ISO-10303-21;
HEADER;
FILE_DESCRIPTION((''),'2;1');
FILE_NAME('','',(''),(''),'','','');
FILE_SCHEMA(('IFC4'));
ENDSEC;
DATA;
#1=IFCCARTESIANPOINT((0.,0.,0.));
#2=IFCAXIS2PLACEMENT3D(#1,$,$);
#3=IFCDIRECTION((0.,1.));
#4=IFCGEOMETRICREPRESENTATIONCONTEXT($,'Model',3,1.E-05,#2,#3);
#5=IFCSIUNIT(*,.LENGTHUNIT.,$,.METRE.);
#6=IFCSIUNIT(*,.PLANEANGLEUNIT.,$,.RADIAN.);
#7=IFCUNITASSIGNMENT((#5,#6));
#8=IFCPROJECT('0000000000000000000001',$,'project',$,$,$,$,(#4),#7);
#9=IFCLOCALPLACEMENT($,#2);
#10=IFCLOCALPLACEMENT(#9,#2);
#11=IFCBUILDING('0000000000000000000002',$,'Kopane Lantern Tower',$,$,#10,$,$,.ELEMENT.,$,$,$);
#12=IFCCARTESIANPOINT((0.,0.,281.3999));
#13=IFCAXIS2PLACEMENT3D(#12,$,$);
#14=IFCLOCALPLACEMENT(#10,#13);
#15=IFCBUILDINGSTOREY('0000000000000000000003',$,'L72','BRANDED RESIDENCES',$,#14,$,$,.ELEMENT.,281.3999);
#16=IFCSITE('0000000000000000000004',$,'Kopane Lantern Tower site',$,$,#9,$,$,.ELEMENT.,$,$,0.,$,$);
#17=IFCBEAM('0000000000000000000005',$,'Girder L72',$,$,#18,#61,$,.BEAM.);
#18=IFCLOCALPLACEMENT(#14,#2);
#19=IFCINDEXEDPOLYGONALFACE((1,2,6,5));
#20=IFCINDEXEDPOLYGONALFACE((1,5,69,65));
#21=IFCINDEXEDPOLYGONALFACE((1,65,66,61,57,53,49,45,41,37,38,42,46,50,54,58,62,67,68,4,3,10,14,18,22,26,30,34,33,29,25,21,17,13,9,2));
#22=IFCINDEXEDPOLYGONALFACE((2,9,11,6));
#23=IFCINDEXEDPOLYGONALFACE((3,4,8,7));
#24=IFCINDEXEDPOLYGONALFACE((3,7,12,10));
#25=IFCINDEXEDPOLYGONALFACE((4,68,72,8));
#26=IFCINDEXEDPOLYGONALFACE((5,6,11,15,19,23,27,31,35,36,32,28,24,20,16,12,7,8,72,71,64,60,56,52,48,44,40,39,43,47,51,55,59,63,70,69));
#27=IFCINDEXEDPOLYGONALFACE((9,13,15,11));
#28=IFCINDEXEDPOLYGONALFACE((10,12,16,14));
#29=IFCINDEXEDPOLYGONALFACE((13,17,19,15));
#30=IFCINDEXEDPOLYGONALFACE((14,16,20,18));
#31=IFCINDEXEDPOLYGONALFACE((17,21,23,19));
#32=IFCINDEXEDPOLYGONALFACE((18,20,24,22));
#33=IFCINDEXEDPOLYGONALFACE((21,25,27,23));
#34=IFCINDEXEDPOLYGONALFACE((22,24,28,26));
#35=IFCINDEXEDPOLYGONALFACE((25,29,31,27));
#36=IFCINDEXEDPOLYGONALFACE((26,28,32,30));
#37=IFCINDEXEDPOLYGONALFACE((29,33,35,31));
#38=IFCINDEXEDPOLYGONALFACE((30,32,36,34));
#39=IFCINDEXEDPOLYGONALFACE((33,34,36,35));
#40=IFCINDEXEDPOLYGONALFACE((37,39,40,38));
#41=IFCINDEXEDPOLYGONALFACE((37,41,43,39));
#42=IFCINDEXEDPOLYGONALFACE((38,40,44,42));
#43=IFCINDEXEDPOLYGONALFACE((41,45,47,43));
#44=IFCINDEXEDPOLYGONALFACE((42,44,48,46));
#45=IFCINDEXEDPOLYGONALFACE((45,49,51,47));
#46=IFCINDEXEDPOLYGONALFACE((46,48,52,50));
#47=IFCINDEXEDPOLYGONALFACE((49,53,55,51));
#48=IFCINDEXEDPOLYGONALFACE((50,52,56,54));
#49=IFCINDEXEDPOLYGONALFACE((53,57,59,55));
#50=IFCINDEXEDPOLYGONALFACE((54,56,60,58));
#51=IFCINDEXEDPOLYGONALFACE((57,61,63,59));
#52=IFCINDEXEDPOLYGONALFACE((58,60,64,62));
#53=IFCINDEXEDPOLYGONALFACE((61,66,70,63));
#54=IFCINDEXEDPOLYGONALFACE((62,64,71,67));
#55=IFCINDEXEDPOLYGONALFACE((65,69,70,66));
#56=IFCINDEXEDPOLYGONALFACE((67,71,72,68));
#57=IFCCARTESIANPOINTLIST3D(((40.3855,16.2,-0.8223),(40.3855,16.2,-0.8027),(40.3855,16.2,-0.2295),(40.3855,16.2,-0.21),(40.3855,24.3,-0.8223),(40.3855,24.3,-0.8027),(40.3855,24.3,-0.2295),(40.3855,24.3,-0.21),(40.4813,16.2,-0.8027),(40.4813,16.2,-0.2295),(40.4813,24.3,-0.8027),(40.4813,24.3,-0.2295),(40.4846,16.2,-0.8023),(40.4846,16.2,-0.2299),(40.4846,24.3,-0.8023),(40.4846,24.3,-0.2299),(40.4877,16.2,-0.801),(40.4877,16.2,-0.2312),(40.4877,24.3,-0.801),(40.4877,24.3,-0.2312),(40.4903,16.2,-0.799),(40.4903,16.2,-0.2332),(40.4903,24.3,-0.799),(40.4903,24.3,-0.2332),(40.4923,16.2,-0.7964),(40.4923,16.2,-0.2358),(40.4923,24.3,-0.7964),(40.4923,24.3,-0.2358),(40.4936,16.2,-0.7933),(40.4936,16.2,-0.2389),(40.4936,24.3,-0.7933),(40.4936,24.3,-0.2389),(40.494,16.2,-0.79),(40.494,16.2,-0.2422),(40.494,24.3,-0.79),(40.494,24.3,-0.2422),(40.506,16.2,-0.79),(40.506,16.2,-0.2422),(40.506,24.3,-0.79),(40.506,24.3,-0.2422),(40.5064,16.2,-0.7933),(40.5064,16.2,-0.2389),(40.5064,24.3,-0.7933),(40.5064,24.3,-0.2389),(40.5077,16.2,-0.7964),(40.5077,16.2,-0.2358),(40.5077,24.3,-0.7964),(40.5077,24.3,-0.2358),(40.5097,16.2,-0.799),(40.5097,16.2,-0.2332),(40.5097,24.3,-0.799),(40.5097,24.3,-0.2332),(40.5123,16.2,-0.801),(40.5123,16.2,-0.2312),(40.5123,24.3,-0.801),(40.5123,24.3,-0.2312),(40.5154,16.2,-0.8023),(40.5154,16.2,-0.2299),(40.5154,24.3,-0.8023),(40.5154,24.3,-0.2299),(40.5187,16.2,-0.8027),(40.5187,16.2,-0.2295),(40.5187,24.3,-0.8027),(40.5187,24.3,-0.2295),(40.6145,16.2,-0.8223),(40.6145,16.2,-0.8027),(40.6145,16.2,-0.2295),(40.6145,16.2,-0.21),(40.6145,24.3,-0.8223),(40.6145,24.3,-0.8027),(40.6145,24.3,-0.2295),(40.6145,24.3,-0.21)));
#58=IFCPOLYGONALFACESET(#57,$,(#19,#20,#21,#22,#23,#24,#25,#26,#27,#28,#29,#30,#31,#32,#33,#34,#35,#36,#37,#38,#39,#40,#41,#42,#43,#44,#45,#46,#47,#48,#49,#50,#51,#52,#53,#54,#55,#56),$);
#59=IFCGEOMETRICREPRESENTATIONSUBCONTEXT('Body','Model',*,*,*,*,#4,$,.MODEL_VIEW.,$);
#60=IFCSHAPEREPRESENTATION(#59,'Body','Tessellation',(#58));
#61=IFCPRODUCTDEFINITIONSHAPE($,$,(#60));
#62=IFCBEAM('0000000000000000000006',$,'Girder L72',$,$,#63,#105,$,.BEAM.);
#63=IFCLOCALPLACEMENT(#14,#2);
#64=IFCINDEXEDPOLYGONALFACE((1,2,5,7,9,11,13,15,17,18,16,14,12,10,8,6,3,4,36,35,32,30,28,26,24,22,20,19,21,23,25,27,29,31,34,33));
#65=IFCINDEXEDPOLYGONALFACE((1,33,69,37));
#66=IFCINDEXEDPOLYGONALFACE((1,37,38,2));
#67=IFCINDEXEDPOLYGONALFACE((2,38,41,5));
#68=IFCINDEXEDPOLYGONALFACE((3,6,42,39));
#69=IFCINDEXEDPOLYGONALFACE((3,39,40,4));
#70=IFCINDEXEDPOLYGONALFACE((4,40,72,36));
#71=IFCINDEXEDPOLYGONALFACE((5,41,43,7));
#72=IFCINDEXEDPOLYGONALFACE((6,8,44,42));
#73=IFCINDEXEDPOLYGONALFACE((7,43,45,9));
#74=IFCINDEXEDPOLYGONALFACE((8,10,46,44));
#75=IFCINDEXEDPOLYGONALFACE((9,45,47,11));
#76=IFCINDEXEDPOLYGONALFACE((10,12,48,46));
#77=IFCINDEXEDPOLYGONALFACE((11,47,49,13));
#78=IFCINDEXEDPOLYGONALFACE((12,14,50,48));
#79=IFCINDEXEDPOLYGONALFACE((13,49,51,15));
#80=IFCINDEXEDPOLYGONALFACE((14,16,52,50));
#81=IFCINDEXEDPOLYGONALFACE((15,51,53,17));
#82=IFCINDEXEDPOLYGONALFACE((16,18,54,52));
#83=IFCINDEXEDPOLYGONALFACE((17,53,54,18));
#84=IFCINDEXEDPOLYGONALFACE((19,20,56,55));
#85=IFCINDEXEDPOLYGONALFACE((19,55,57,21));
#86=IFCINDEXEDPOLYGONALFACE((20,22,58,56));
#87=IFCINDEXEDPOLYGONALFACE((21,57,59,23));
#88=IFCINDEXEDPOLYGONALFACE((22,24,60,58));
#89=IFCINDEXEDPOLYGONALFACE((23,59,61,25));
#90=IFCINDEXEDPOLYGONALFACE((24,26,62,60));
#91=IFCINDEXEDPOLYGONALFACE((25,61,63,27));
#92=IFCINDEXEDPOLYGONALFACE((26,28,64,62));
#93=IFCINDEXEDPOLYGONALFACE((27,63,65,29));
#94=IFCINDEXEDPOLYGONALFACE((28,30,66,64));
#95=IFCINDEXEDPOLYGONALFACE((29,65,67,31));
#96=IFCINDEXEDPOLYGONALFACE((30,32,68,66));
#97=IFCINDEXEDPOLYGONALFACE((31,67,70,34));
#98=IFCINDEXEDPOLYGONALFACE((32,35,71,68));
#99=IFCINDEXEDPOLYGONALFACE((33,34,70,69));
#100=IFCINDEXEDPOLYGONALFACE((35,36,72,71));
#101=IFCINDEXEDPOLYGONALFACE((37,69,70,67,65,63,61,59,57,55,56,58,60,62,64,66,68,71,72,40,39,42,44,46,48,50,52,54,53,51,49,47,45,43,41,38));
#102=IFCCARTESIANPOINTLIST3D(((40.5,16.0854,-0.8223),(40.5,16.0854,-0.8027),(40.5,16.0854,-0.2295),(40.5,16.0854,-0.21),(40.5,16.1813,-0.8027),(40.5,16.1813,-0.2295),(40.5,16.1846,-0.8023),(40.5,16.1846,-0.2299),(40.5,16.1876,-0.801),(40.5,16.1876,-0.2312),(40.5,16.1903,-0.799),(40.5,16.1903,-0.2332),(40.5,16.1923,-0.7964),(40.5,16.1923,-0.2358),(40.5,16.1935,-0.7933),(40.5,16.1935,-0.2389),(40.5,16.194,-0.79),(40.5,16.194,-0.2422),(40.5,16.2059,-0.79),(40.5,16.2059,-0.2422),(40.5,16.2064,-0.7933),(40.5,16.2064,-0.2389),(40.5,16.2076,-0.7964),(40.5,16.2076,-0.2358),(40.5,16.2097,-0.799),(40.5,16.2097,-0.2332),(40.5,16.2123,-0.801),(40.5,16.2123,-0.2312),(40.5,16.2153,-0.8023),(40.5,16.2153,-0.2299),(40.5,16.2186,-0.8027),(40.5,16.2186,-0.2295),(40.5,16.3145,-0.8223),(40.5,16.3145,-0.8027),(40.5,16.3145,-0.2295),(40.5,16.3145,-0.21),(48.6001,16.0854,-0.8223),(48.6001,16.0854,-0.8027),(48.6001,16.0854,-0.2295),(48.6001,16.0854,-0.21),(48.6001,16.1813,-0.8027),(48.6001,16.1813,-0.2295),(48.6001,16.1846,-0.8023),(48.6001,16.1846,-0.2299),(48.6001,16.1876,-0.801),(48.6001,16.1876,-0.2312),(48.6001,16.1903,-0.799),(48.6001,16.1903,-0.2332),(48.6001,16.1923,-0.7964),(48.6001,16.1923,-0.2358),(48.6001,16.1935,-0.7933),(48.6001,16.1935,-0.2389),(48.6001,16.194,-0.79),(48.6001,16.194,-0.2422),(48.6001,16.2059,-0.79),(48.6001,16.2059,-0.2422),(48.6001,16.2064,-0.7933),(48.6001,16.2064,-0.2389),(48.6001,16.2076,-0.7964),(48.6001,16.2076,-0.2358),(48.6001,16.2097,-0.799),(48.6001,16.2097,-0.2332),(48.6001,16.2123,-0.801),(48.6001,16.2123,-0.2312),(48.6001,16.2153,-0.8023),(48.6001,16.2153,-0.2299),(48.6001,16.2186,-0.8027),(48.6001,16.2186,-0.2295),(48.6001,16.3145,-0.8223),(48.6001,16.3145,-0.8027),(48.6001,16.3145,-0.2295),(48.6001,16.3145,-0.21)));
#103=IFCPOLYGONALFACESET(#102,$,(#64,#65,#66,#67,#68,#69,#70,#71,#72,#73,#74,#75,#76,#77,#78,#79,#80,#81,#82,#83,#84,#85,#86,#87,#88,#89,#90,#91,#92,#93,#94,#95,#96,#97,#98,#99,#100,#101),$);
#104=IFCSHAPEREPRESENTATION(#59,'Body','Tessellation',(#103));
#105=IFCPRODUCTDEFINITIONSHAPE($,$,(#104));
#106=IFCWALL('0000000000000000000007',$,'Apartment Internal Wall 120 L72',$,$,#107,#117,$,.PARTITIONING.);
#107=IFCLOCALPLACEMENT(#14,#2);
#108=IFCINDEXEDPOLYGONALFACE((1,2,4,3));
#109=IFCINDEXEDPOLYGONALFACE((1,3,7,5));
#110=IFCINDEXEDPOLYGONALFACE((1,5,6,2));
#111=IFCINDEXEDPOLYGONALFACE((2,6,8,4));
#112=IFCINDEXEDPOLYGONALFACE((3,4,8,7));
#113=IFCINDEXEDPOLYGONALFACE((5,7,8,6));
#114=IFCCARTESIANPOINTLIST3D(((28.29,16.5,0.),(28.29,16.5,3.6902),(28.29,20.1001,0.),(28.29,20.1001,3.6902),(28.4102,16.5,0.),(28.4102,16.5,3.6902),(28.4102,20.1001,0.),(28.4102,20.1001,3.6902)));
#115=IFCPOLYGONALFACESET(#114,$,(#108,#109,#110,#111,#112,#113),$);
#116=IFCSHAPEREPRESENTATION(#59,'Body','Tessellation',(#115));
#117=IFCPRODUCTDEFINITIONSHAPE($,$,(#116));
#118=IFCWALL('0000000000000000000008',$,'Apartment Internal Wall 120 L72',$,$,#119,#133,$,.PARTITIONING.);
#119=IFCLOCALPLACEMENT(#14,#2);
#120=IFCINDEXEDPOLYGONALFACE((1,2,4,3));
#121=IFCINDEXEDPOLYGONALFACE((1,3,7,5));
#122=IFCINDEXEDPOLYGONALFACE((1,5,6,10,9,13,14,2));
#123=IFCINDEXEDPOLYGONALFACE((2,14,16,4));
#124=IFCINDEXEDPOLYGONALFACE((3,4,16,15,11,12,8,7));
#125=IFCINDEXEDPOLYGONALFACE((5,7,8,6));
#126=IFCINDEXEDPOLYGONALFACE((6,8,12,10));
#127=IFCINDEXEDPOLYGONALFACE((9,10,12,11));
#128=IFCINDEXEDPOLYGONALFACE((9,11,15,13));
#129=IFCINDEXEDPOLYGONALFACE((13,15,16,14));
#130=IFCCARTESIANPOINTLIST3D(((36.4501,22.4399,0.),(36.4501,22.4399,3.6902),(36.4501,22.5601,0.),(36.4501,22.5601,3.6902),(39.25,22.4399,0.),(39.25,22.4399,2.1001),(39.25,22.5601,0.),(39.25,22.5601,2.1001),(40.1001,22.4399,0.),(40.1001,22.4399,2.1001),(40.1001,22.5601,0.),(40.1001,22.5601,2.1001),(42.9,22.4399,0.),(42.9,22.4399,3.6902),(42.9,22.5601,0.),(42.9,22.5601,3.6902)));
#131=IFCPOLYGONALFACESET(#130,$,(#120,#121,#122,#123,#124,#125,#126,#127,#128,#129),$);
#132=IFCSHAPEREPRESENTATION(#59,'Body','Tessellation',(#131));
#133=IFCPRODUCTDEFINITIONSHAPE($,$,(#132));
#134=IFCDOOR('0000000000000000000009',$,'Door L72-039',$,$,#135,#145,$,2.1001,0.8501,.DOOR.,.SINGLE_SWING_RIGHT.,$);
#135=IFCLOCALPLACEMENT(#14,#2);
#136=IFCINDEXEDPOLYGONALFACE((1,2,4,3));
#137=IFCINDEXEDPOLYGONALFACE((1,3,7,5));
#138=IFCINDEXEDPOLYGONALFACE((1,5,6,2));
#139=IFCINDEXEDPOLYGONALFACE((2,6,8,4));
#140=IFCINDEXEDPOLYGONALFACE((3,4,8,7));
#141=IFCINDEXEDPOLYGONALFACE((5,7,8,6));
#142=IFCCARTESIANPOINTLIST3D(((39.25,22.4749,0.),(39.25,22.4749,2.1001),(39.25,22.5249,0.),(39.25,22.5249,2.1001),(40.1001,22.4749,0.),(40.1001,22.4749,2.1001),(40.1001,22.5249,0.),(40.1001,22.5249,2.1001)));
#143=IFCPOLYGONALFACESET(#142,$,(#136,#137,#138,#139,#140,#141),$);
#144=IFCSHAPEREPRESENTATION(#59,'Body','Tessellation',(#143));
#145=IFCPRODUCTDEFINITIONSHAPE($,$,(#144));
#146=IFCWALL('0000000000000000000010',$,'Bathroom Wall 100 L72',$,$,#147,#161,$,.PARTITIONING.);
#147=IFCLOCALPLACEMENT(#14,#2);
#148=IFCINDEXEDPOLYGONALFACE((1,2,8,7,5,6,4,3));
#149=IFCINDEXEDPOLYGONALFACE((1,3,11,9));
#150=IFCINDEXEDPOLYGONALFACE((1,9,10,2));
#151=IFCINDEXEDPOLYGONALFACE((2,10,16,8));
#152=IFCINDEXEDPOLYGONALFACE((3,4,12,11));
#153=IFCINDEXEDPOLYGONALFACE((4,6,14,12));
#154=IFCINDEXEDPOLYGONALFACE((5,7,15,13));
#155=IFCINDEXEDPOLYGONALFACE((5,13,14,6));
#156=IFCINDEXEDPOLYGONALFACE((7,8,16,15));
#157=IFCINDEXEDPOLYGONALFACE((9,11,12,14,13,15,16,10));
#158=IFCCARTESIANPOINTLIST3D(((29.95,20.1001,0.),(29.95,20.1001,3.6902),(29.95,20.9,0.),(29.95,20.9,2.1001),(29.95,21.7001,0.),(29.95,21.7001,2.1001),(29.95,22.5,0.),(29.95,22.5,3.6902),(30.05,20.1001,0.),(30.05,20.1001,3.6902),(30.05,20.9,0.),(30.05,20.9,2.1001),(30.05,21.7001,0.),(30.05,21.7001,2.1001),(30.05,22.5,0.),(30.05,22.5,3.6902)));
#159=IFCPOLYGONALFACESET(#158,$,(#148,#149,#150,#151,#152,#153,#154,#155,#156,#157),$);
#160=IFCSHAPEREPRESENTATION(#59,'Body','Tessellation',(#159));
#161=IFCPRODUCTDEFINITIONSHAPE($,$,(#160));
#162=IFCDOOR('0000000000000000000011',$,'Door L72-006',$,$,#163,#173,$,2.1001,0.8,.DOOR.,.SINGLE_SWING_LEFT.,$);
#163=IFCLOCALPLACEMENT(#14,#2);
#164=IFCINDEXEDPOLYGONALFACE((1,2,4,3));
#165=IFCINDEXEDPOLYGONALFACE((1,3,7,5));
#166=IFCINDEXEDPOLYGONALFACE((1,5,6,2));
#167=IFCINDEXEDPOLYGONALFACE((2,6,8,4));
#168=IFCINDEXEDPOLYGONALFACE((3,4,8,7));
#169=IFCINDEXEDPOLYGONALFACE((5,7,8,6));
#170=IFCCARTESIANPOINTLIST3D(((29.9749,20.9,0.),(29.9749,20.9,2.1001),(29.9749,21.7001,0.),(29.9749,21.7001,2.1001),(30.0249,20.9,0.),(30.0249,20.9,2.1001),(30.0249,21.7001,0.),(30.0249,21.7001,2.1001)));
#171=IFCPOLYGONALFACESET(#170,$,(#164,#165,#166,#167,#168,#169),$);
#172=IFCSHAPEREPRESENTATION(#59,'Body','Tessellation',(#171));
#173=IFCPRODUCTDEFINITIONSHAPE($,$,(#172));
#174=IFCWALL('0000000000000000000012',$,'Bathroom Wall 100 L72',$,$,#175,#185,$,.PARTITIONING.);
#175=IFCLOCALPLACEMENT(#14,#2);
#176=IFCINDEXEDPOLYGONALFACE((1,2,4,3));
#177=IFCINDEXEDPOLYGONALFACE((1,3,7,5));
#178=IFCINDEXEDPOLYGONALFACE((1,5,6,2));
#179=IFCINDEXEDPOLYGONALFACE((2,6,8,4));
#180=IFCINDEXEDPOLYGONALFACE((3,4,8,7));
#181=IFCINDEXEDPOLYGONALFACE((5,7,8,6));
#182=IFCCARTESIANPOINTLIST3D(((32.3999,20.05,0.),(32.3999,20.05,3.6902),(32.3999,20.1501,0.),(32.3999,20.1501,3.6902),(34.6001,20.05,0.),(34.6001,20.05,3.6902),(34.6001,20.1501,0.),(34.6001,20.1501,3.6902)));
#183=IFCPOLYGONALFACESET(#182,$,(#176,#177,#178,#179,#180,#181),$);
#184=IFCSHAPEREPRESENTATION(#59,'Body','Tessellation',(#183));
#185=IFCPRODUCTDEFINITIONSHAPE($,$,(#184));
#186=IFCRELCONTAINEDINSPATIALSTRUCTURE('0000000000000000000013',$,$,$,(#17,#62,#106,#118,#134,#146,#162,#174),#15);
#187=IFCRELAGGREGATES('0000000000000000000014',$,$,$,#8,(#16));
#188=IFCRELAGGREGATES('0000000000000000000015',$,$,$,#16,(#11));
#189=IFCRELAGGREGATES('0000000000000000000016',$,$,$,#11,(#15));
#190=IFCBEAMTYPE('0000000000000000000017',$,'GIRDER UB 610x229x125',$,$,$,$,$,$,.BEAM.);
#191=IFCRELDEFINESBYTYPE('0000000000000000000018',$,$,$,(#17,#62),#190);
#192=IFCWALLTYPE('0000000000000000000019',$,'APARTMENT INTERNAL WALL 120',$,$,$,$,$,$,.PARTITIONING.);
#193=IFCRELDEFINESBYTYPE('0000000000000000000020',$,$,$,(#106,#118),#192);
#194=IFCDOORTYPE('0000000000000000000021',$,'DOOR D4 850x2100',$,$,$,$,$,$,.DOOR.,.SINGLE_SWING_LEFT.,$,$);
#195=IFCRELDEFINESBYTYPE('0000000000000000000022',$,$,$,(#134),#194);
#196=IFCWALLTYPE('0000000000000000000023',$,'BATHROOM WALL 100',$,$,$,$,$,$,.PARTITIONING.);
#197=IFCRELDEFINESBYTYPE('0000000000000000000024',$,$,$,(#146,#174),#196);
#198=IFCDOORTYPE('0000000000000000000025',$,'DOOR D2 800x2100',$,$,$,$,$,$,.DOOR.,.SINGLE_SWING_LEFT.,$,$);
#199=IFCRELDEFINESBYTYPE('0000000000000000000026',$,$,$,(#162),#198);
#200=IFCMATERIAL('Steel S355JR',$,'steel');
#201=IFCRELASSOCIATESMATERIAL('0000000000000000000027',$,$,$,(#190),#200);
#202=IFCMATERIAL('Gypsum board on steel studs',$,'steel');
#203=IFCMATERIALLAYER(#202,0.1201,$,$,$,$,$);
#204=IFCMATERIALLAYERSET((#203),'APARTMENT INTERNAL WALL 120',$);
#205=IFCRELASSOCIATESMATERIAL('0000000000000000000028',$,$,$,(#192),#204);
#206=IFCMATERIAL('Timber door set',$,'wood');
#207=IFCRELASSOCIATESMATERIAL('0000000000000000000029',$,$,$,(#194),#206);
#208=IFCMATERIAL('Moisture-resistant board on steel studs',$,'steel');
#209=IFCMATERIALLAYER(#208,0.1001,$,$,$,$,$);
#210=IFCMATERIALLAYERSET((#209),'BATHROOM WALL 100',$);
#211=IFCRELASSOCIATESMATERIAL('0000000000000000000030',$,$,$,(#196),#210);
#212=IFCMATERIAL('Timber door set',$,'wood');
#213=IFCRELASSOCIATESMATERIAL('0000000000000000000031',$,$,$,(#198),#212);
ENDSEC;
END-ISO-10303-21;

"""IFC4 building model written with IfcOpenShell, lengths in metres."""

from ifc_helpers import new_model, si_unit, direction, frame, frame_2d, origin, origin_2d, place, context, subcontext, project, spatial, rectangle, i_section, extrude, material, layer, layer_set, material_profile, profile_set, type_object, element, fill, save


model = new_model("IFC4")

# Units and contexts
model_context = context("Model", 3, precision=1e-05, world=origin(), true_north=direction((0.0, 1.0)))
body_context = subcontext(model_context, "Body", "Model", "MODEL_VIEW")
ifc_project = project(units=[si_unit("LENGTHUNIT", "METRE"), si_unit("PLANEANGLEUNIT", "RADIAN")], contexts=[model_context])

# Site, building, storey
site_placement = place(None, origin())
site = spatial("IfcSite", under=ifc_project, at=site_placement, Name="Kopane Lantern Tower site", CompositionType="ELEMENT", RefElevation=0.0)
building_placement = place(site_placement, origin())
building = spatial("IfcBuilding", under=site, at=building_placement, Name="Kopane Lantern Tower", CompositionType="ELEMENT")
storey_placement = place(building_placement, frame((0.0, 0.0, 281.3999)))
storey = spatial("IfcBuildingStorey", under=building, at=storey_placement, Name="L72", Description="BRANDED RESIDENCES", CompositionType="ELEMENT", Elevation=281.3999)

# Beams
ifc_material_1 = material(Name="Steel S355JR", Category="steel")
ifc_material_profile_1 = material_profile(ifc_material_1, i_section(OverallWidth=0.229, OverallDepth=0.6123, WebThickness=0.012, FlangeThickness=0.0195, FilletRadius=0.0127, at=origin_2d()), Name="UB 610x229x125")
ifc_profile_set_1 = profile_set([ifc_material_profile_1], Name="Steel S355JR")
beam_type_1 = type_object("IfcBeamType", Name="GIRDER UB 610x229x125", PredefinedType="BEAM", material=ifc_profile_set_1)
for number, where, z_axis, x_axis, name in (
    (1, (40.5, 16.2, -0.5161), (0.0, 1.0, 0.0), (-1.0, 0.0, 0.0), "Girder L72"),
    (2, (40.5, 16.2, -0.5161), (1.0, 0.0, 0.0), (0.0, 1.0, 0.0), "Girder L72"),
):
    element("IfcBeam", number, at=place(storey_placement, frame(where, z_axis=z_axis, x_axis=x_axis)), inside=storey, type_object=beam_type_1, Name=name, PredefinedType="BEAM", context=body_context, shape_type="SweptSolid", body=[
        extrude(i_section(OverallWidth=0.229, OverallDepth=0.6123, WebThickness=0.012, FlangeThickness=0.0195, FilletRadius=0.0127, at=origin_2d()), origin(), (0.0, 0.0, 1.0), 8.1001),
    ])

# Wall
ifc_material_2 = material(Name="Gypsum board on steel studs", Category="steel")
ifc_layer_1 = layer(ifc_material_2, 0.1201)
ifc_layer_set_1 = layer_set([ifc_layer_1], Name="APARTMENT INTERNAL WALL 120")
wall_type_1 = type_object("IfcWallType", Name="APARTMENT INTERNAL WALL 120", PredefinedType="PARTITIONING", material=ifc_layer_set_1)
wall_1_placement = place(storey_placement, frame((28.3501, 20.1001, 0.0), z_axis=(0.0, 0.0, 1.0), x_axis=(0.0, -1.0, 0.0)))
element("IfcWall", 3, at=wall_1_placement, inside=storey, type_object=wall_type_1, Name="Apartment Internal Wall 120 L72", PredefinedType="PARTITIONING", context=body_context, shape_type="SweptSolid", body=[
    extrude(rectangle(XDim=3.6001, YDim=0.1201, at=frame_2d((1.8, 0.0))), origin(), (0.0, 0.0, 1.0), 3.6902),
])

# Walls, openings, doors
wall_2_placement = place(storey_placement, frame((36.45, 22.5, 0.0), z_axis=(0.0, 0.0, 1.0), x_axis=(1.0, 0.0, 0.0)))
wall_2 = element("IfcWall", 4, at=wall_2_placement, inside=storey, type_object=wall_type_1, Name="Apartment Internal Wall 120 L72", PredefinedType="PARTITIONING", context=body_context, shape_type="SweptSolid", body=[
    extrude(rectangle(XDim=6.45, YDim=0.1201, at=frame_2d((3.2251, 0.0))), origin(), (0.0, 0.0, 1.0), 3.6902),
])
opening_1_placement = place(wall_2_placement, frame((2.8, 0.0, 0.0)))
opening_1 = element("IfcOpeningElement", 5, at=opening_1_placement, cuts=wall_2, PredefinedType="OPENING", context=body_context, shape_type="SweptSolid", body=[
    extrude(rectangle(XDim=0.8501, YDim=2.1001, at=frame_2d((0.425, 1.05))), frame((0.0, 0.0701, 0.0), z_axis=(0.0, -1.0, 0.0), x_axis=(1.0, 0.0, 0.0)), (0.0, 0.0, 1.0), 0.1401),
])
ifc_material_3 = material(Name="Timber door set", Category="wood")
door_type_1 = type_object("IfcDoorType", Name="DOOR D4 850x2100", OperationType="SINGLE_SWING_LEFT", PredefinedType="DOOR", material=ifc_material_3)
door_1_placement = place(opening_1_placement, origin())
door_1 = element("IfcDoor", 6, at=door_1_placement, inside=storey, type_object=door_type_1, Name="Door L72-039", OperationType="SINGLE_SWING_RIGHT", OverallHeight=2.1001, OverallWidth=0.8501, PredefinedType="DOOR", context=body_context, shape_type="SweptSolid", body=[
    extrude(rectangle(XDim=0.8501, YDim=2.1001, at=frame_2d((0.425, 1.05))), frame((0.0, 0.0249, 0.0), z_axis=(0.0, -1.0, 0.0), x_axis=(1.0, 0.0, 0.0)), (0.0, 0.0, 1.0), 0.05),
])
fill(opening_1, door_1)
ifc_material_4 = material(Name="Moisture-resistant board on steel studs", Category="steel")
ifc_layer_2 = layer(ifc_material_4, 0.1001)
ifc_layer_set_2 = layer_set([ifc_layer_2], Name="BATHROOM WALL 100")
wall_type_2 = type_object("IfcWallType", Name="BATHROOM WALL 100", PredefinedType="PARTITIONING", material=ifc_layer_set_2)
wall_3_placement = place(storey_placement, frame((30.0, 22.5, 0.0), z_axis=(0.0, 0.0, 1.0), x_axis=(0.0, -1.0, 0.0)))
wall_3 = element("IfcWall", 7, at=wall_3_placement, inside=storey, type_object=wall_type_2, Name="Bathroom Wall 100 L72", PredefinedType="PARTITIONING", context=body_context, shape_type="SweptSolid", body=[
    extrude(rectangle(XDim=2.3999, YDim=0.1001, at=frame_2d((1.2, 0.0))), origin(), (0.0, 0.0, 1.0), 3.6902),
])
opening_2_placement = place(wall_3_placement, frame((0.8, 0.0, 0.0)))
opening_2 = element("IfcOpeningElement", 8, at=opening_2_placement, cuts=wall_3, PredefinedType="OPENING", context=body_context, shape_type="SweptSolid", body=[
    extrude(rectangle(XDim=0.8, YDim=2.1001, at=frame_2d((0.3999, 1.05))), frame((0.0, 0.0601, 0.0), z_axis=(0.0, -1.0, 0.0), x_axis=(1.0, 0.0, 0.0)), (0.0, 0.0, 1.0), 0.1201),
])
ifc_material_5 = material(Name="Timber door set", Category="wood")
door_type_2 = type_object("IfcDoorType", Name="DOOR D2 800x2100", OperationType="SINGLE_SWING_LEFT", PredefinedType="DOOR", material=ifc_material_5)
door_2_placement = place(opening_2_placement, origin())
door_2 = element("IfcDoor", 9, at=door_2_placement, inside=storey, type_object=door_type_2, Name="Door L72-006", OperationType="SINGLE_SWING_LEFT", OverallHeight=2.1001, OverallWidth=0.8, PredefinedType="DOOR", context=body_context, shape_type="SweptSolid", body=[
    extrude(rectangle(XDim=0.8, YDim=2.1001, at=frame_2d((0.3999, 1.05))), frame((0.0, 0.0249, 0.0), z_axis=(0.0, -1.0, 0.0), x_axis=(1.0, 0.0, 0.0)), (0.0, 0.0, 1.0), 0.05),
])
fill(opening_2, door_2)

# Wall
wall_4_placement = place(storey_placement, frame((32.3999, 20.1001, 0.0), z_axis=(0.0, 0.0, 1.0), x_axis=(1.0, 0.0, 0.0)))
element("IfcWall", 10, at=wall_4_placement, inside=storey, type_object=wall_type_2, Name="Bathroom Wall 100 L72", PredefinedType="PARTITIONING", context=body_context, shape_type="SweptSolid", body=[
    extrude(rectangle(XDim=2.2002, YDim=0.1001, at=frame_2d((1.1001, 0.0))), origin(), (0.0, 0.0, 1.0), 3.6902),
])

save(model, "model.ifc")
